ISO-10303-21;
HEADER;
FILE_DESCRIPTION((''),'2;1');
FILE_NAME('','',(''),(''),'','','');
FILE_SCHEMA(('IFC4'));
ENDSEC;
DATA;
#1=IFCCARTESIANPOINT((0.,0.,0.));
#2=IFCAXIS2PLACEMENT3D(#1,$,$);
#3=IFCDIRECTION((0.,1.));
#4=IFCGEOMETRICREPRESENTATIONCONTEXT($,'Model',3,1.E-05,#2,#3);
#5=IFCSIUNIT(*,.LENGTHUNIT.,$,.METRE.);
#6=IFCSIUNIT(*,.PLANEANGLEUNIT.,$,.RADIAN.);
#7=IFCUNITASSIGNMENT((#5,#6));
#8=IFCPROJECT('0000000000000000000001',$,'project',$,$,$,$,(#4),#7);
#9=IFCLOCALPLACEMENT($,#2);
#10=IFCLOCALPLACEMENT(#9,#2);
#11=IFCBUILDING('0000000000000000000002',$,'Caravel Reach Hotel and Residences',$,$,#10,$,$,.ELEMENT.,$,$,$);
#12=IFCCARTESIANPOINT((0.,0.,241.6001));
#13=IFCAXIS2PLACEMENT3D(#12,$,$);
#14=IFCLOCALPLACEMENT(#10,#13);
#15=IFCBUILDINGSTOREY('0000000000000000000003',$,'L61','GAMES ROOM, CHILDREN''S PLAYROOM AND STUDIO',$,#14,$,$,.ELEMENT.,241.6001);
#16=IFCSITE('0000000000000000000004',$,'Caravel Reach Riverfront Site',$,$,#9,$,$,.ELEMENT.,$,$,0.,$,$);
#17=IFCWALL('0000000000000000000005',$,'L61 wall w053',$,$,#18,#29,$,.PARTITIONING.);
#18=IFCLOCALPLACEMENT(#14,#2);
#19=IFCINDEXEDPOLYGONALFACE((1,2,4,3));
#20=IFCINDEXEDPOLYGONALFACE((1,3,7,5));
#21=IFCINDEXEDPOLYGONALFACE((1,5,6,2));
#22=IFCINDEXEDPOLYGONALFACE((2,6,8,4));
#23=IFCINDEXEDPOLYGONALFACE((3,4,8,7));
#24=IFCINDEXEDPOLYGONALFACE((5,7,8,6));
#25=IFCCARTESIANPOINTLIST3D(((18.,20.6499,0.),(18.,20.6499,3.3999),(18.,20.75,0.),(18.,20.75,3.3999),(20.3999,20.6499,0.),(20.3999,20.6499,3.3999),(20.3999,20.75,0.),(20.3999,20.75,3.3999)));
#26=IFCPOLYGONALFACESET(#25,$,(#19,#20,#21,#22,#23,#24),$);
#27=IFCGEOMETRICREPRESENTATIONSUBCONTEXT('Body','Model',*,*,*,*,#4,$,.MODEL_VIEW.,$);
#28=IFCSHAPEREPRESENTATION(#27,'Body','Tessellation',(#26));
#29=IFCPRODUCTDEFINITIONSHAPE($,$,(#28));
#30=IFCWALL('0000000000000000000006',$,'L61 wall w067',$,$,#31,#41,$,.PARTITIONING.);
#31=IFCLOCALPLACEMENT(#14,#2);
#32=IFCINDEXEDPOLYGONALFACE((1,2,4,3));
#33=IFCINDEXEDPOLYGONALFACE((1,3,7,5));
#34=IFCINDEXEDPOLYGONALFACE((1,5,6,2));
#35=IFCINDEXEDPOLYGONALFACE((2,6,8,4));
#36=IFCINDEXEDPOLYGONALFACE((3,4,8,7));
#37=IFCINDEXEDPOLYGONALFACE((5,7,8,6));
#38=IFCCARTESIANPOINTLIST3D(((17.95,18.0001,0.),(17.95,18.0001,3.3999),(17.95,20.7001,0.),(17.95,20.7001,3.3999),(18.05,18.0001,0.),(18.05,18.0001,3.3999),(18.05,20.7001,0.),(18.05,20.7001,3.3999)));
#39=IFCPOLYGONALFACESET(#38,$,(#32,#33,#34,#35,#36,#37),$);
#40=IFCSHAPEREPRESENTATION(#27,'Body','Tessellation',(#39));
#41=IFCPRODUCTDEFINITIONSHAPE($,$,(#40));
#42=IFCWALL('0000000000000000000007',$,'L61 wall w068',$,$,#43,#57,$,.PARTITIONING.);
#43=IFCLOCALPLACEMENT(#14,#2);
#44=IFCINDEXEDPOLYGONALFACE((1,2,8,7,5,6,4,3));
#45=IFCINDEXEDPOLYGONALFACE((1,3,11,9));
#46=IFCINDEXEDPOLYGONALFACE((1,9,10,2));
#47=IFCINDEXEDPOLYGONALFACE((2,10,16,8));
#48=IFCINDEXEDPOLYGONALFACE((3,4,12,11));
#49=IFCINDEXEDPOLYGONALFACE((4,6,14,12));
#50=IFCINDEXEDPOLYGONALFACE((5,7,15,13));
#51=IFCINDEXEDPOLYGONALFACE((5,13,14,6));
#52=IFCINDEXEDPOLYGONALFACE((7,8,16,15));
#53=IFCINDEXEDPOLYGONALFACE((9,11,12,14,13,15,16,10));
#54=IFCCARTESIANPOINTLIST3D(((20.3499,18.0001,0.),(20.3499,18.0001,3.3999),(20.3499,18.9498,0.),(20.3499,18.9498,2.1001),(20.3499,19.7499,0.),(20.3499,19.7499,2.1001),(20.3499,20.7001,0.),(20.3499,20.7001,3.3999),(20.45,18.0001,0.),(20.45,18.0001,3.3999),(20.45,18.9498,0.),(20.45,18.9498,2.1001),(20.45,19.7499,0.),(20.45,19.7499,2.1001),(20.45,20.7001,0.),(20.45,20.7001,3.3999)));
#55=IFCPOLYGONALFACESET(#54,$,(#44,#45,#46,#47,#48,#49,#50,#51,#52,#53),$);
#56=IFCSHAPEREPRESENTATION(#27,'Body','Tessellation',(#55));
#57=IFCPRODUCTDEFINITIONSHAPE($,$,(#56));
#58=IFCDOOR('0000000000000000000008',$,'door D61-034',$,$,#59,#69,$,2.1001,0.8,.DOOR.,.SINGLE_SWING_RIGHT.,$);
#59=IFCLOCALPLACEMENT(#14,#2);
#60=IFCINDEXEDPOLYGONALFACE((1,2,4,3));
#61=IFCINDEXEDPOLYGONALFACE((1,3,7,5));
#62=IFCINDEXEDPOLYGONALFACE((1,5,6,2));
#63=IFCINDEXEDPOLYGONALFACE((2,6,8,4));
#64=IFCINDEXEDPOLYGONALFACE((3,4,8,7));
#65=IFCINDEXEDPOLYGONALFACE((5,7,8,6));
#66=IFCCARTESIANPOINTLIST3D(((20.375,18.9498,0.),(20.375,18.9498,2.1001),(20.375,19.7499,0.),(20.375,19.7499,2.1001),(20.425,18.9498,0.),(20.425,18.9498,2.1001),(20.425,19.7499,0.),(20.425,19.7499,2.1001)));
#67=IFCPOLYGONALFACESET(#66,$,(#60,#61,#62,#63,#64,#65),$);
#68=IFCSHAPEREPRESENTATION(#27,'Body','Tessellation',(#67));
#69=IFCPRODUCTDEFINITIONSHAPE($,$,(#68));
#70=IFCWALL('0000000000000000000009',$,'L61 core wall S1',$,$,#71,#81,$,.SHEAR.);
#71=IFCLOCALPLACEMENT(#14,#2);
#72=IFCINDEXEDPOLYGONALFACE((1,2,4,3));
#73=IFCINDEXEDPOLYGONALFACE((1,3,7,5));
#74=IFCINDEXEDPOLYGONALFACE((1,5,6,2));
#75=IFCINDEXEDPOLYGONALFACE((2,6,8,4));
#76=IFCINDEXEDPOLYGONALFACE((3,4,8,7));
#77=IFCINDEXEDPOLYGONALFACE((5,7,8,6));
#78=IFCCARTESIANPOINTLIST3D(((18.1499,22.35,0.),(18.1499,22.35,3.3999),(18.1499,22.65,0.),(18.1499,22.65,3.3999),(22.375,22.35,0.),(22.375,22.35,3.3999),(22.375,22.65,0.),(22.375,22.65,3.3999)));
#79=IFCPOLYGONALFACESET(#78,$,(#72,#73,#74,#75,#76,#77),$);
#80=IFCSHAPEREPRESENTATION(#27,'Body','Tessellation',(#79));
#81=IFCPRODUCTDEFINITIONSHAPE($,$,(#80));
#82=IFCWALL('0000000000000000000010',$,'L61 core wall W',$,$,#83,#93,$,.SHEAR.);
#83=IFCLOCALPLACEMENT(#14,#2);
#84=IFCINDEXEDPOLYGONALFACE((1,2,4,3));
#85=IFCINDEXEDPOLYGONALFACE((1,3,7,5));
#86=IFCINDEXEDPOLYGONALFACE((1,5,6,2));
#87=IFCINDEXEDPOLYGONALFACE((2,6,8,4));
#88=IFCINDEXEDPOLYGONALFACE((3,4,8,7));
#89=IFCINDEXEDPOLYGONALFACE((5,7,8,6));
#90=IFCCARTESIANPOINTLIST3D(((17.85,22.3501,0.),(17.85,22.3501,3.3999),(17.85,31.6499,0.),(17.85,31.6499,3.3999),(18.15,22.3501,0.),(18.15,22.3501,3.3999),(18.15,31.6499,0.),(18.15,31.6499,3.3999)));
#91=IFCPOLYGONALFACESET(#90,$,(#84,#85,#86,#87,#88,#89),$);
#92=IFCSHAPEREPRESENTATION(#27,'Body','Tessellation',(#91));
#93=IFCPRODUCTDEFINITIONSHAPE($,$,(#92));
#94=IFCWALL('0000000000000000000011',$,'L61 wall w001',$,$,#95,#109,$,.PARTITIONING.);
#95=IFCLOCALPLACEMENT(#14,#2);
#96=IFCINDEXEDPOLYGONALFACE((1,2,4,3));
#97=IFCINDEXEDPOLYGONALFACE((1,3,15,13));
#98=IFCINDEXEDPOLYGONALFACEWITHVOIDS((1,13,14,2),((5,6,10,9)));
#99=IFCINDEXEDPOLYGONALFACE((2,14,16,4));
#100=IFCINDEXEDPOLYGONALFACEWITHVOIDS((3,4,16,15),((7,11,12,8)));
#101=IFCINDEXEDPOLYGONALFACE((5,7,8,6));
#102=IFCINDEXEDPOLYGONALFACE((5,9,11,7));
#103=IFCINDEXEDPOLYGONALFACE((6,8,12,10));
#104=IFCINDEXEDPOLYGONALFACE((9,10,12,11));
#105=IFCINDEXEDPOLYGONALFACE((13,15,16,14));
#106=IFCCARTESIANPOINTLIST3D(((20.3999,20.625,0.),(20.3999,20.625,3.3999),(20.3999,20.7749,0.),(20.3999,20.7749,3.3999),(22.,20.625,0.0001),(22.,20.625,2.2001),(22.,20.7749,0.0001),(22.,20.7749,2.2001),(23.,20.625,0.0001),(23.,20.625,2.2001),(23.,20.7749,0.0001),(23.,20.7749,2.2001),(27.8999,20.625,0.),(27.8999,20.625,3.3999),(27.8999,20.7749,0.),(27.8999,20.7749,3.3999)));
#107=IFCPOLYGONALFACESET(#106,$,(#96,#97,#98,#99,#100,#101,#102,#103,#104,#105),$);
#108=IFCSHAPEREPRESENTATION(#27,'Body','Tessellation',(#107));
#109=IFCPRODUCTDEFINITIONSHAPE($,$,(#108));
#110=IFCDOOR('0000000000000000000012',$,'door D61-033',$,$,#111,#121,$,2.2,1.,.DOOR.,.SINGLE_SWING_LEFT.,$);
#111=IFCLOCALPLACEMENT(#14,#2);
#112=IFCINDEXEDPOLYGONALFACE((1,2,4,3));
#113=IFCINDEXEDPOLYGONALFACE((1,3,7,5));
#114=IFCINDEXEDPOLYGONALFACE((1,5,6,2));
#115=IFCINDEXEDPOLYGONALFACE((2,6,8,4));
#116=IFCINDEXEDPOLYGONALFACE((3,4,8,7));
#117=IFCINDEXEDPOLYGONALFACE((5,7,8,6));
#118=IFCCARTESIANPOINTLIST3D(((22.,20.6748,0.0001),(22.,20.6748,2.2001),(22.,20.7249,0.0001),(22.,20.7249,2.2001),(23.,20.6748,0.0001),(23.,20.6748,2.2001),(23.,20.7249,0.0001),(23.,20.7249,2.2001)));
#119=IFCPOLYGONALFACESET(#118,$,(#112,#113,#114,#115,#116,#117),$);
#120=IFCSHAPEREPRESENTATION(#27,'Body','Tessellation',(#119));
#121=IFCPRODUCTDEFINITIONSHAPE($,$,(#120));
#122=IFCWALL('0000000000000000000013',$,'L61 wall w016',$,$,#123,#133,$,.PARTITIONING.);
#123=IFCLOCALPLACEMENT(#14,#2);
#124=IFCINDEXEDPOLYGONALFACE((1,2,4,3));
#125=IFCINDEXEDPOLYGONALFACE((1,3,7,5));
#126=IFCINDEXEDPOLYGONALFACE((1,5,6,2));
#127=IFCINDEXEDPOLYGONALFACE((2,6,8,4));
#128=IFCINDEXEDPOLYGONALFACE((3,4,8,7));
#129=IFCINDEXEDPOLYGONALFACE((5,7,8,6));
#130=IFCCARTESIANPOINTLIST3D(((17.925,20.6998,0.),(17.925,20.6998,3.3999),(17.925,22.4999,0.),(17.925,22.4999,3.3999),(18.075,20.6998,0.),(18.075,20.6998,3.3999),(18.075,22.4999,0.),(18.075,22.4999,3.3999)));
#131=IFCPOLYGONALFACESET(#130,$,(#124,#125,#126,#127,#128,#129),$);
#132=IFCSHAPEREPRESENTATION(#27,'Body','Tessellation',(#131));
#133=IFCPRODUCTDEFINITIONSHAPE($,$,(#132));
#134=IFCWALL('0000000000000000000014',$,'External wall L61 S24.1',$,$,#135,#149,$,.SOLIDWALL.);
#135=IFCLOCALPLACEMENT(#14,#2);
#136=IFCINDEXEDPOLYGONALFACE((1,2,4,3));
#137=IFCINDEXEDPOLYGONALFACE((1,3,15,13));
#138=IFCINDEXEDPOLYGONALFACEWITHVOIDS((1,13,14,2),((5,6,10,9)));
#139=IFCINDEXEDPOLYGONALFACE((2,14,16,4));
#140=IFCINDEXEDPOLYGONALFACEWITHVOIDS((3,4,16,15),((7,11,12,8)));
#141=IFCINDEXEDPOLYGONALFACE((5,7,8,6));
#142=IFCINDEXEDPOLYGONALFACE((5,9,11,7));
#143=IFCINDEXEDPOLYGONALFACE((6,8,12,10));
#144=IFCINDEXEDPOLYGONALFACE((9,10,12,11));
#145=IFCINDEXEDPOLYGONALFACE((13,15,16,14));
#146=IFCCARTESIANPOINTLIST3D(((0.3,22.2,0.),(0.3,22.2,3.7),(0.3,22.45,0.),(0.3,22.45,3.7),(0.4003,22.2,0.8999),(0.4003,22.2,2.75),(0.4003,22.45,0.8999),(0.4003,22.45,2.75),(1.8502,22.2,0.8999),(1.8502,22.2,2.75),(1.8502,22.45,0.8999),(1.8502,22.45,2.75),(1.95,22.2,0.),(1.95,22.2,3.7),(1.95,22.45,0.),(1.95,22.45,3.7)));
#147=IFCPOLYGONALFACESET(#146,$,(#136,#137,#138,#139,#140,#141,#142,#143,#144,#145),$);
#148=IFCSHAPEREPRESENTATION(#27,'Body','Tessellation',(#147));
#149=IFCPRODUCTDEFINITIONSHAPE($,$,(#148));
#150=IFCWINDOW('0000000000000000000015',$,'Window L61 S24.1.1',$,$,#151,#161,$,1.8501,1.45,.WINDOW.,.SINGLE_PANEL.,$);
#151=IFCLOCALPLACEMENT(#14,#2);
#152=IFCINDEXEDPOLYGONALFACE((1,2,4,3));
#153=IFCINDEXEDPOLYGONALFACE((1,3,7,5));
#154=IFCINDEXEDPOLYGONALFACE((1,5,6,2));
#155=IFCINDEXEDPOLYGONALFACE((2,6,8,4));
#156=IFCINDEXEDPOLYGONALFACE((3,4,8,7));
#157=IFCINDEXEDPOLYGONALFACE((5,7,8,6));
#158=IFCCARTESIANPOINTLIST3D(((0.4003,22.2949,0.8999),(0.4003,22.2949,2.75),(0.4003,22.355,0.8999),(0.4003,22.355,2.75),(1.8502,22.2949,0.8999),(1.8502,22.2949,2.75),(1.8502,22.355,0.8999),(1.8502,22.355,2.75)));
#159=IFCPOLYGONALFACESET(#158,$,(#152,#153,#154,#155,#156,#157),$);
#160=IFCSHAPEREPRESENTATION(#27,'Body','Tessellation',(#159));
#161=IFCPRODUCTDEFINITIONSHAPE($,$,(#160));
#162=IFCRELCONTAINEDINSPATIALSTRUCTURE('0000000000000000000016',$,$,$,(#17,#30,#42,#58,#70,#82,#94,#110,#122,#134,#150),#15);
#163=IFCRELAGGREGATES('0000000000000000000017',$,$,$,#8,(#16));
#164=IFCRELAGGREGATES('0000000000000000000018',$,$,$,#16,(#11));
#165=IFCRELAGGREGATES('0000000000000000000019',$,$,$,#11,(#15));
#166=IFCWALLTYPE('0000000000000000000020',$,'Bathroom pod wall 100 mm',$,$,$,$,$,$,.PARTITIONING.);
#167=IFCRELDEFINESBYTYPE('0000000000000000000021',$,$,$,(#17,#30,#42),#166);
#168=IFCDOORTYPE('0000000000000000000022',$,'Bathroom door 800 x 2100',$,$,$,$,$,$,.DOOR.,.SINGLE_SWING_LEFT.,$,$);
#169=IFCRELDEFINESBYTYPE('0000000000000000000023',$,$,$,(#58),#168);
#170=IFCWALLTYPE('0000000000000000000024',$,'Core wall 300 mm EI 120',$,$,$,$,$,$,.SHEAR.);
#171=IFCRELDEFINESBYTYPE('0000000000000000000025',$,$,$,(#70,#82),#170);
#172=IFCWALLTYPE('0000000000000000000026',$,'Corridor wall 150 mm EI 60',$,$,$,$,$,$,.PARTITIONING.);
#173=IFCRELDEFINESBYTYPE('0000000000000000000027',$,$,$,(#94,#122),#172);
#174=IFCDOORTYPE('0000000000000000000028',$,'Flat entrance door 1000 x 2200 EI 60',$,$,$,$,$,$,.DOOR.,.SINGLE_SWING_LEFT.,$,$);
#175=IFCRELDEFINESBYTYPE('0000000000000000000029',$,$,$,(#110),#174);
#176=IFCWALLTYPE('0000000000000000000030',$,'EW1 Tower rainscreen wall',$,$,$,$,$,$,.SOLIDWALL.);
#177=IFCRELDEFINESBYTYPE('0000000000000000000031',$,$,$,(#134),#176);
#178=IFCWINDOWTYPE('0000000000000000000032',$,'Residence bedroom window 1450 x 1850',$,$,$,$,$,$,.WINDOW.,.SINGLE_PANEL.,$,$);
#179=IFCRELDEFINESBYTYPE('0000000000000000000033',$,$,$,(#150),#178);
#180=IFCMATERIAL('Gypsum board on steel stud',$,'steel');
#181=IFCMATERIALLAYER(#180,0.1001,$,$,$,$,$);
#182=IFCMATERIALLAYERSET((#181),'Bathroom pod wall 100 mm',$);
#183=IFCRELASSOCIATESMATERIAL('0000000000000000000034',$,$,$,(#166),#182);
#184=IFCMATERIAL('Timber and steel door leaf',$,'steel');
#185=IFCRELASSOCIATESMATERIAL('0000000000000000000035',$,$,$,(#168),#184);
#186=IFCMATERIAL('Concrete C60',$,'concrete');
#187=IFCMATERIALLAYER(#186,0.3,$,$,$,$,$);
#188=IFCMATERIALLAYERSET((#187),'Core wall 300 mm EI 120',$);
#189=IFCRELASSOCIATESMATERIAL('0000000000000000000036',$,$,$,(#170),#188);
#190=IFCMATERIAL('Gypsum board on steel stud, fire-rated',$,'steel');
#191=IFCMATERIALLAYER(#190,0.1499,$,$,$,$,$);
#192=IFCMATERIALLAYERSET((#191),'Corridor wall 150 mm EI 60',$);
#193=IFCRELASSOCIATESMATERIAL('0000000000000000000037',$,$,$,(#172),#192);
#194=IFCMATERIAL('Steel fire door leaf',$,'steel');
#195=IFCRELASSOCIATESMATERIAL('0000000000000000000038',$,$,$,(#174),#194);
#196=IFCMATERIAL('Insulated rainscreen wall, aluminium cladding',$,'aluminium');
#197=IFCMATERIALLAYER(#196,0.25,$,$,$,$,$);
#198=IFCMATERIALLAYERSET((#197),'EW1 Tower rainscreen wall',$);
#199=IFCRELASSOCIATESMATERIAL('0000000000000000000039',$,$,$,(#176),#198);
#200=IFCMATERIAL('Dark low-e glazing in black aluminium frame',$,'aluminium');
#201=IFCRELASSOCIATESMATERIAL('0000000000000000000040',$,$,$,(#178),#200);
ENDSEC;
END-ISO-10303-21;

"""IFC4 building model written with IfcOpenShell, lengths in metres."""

from ifc_helpers import new_model, si_unit, direction, frame, frame_2d, origin, place, context, subcontext, project, spatial, rectangle, extrude, material, layer, layer_set, type_object, element, fill, save


model = new_model("IFC4")

# Units and contexts
model_context = context("Model", 3, precision=1e-05, world=origin(), true_north=direction((0.0, 1.0)))
body_context = subcontext(model_context, "Body", "Model", "MODEL_VIEW")
ifc_project = project(units=[si_unit("LENGTHUNIT", "METRE"), si_unit("PLANEANGLEUNIT", "RADIAN")], contexts=[model_context])

# Site, building, storey
site_placement = place(None, origin())
site = spatial("IfcSite", under=ifc_project, at=site_placement, Name="Caravel Reach Riverfront Site", CompositionType="ELEMENT", RefElevation=0.0)
building_placement = place(site_placement, origin())
building = spatial("IfcBuilding", under=site, at=building_placement, Name="Caravel Reach Hotel and Residences", CompositionType="ELEMENT")
storey_placement = place(building_placement, frame((0.0, 0.0, 241.6001)))
storey = spatial("IfcBuildingStorey", under=building, at=storey_placement, Name="L61", Description="GAMES ROOM, CHILDREN'S PLAYROOM AND STUDIO", CompositionType="ELEMENT", Elevation=241.6001)

# Walls
ifc_material_1 = material(Name="Gypsum board on steel stud", Category="steel")
ifc_layer_1 = layer(ifc_material_1, 0.1001)
ifc_layer_set_1 = layer_set([ifc_layer_1], Name="Bathroom pod wall 100 mm")
wall_type_1 = type_object("IfcWallType", Name="Bathroom pod wall 100 mm", PredefinedType="PARTITIONING", material=ifc_layer_set_1)
for number, where, z_axis, x_axis, name in (
    (1, (18.0, 20.7, 0.0), (0.0, 0.0, 1.0), (1.0, 0.0, 0.0), "L61 wall w053"),
):
    element("IfcWall", number, at=place(storey_placement, frame(where, z_axis=z_axis, x_axis=x_axis)), inside=storey, type_object=wall_type_1, Name=name, PredefinedType="PARTITIONING", context=body_context, shape_type="SweptSolid", body=[
        extrude(rectangle(XDim=2.3999, YDim=0.1001, at=frame_2d((1.2, 0.0))), origin(), (0.0, 0.0, 1.0), 3.3999),
    ])
wall_1_placement = place(storey_placement, frame((18.0, 18.0, 0.0), z_axis=(0.0, 0.0, 1.0), x_axis=(0.0, 1.0, 0.0)))
element("IfcWall", 2, at=wall_1_placement, inside=storey, type_object=wall_type_1, Name="L61 wall w067", PredefinedType="PARTITIONING", context=body_context, shape_type="SweptSolid", body=[
    extrude(rectangle(XDim=2.7, YDim=0.1001, at=frame_2d((1.3501, 0.0))), origin(), (0.0, 0.0, 1.0), 3.3999),
])

# Wall, opening, door
wall_2_placement = place(storey_placement, frame((20.3999, 18.0, 0.0), z_axis=(0.0, 0.0, 1.0), x_axis=(0.0, 1.0, 0.0)))
wall_2 = element("IfcWall", 3, at=wall_2_placement, inside=storey, type_object=wall_type_1, Name="L61 wall w068", PredefinedType="PARTITIONING", context=body_context, shape_type="SweptSolid", body=[
    extrude(rectangle(XDim=2.7, YDim=0.1001, at=frame_2d((1.3501, 0.0))), origin(), (0.0, 0.0, 1.0), 3.3999),
])
opening_1_placement = place(wall_2_placement, frame((0.95, 0.0, 0.0)))
opening_1 = element("IfcOpeningElement", 4, at=opening_1_placement, cuts=wall_2, PredefinedType="OPENING", context=body_context, shape_type="SweptSolid", body=[
    extrude(rectangle(XDim=0.8, YDim=2.1001, at=frame_2d((0.3999, 1.05))), frame((0.0, 0.0601, 0.0), z_axis=(0.0, -1.0, 0.0), x_axis=(1.0, 0.0, 0.0)), (0.0, 0.0, 1.0), 0.1201),
])
ifc_material_2 = material(Name="Timber and steel door leaf", Category="steel")
door_type_1 = type_object("IfcDoorType", Name="Bathroom door 800 x 2100", OperationType="SINGLE_SWING_LEFT", PredefinedType="DOOR", material=ifc_material_2)
door_1_placement = place(opening_1_placement, origin())
door_1 = element("IfcDoor", 5, at=door_1_placement, inside=storey, type_object=door_type_1, Name="door D61-034", OperationType="SINGLE_SWING_RIGHT", OverallHeight=2.1001, OverallWidth=0.8, PredefinedType="DOOR", context=body_context, shape_type="SweptSolid", body=[
    extrude(rectangle(XDim=0.8, YDim=2.1001, at=frame_2d((0.3999, 1.05))), frame((0.0, 0.0249, 0.0), z_axis=(0.0, -1.0, 0.0), x_axis=(1.0, 0.0, 0.0)), (0.0, 0.0, 1.0), 0.05),
])
fill(opening_1, door_1)

# Walls
ifc_material_3 = material(Name="Concrete C60", Category="concrete")
ifc_layer_2 = layer(ifc_material_3, 0.3)
ifc_layer_set_2 = layer_set([ifc_layer_2], Name="Core wall 300 mm EI 120")
wall_type_2 = type_object("IfcWallType", Name="Core wall 300 mm EI 120", PredefinedType="SHEAR", material=ifc_layer_set_2)
wall_3_placement = place(storey_placement, frame((18.1499, 22.5, 0.0), z_axis=(0.0, 0.0, 1.0), x_axis=(1.0, 0.0, 0.0)))
element("IfcWall", 6, at=wall_3_placement, inside=storey, type_object=wall_type_2, Name="L61 core wall S1", PredefinedType="SHEAR", context=body_context, shape_type="SweptSolid", body=[
    extrude(rectangle(XDim=4.2251, YDim=0.3, at=frame_2d((2.1125, 0.0))), origin(), (0.0, 0.0, 1.0), 3.3999),
])
wall_4_placement = place(storey_placement, frame((18.0, 22.3501, 0.0), z_axis=(0.0, 0.0, 1.0), x_axis=(0.0, 1.0, 0.0)))
element("IfcWall", 7, at=wall_4_placement, inside=storey, type_object=wall_type_2, Name="L61 core wall W", PredefinedType="SHEAR", context=body_context, shape_type="SweptSolid", body=[
    extrude(rectangle(XDim=9.2998, YDim=0.3, at=frame_2d((4.6499, 0.0))), origin(), (0.0, 0.0, 1.0), 3.3999),
])

# Wall, opening, door
ifc_material_4 = material(Name="Gypsum board on steel stud, fire-rated", Category="steel")
ifc_layer_3 = layer(ifc_material_4, 0.1499)
ifc_layer_set_3 = layer_set([ifc_layer_3], Name="Corridor wall 150 mm EI 60")
wall_type_3 = type_object("IfcWallType", Name="Corridor wall 150 mm EI 60", PredefinedType="PARTITIONING", material=ifc_layer_set_3)
wall_5_placement = place(storey_placement, frame((20.3999, 20.7, 0.0), z_axis=(0.0, 0.0, 1.0), x_axis=(1.0, 0.0, 0.0)))
wall_5 = element("IfcWall", 8, at=wall_5_placement, inside=storey, type_object=wall_type_3, Name="L61 wall w001", PredefinedType="PARTITIONING", context=body_context, shape_type="SweptSolid", body=[
    extrude(rectangle(XDim=7.5, YDim=0.1499, at=frame_2d((3.75, 0.0))), origin(), (0.0, 0.0, 1.0), 3.3999),
])
opening_2_placement = place(wall_5_placement, frame((1.6001, 0.0, 0.0)))
opening_2 = element("IfcOpeningElement", 9, at=opening_2_placement, cuts=wall_5, PredefinedType="OPENING", context=body_context, shape_type="SweptSolid", body=[
    extrude(rectangle(XDim=1.0, YDim=2.2, at=frame_2d((0.5, 1.1001))), frame((0.0, 0.085, 0.0), z_axis=(0.0, -1.0, 0.0), x_axis=(1.0, 0.0, 0.0)), (0.0, 0.0, 1.0), 0.1699),
])
ifc_material_5 = material(Name="Steel fire door leaf", Category="steel")
door_type_2 = type_object("IfcDoorType", Name="Flat entrance door 1000 x 2200 EI 60", OperationType="SINGLE_SWING_LEFT", PredefinedType="DOOR", material=ifc_material_5)
door_2_placement = place(opening_2_placement, origin())
door_2 = element("IfcDoor", 10, at=door_2_placement, inside=storey, type_object=door_type_2, Name="door D61-033", OperationType="SINGLE_SWING_LEFT", OverallHeight=2.2, OverallWidth=1.0, PredefinedType="DOOR", context=body_context, shape_type="SweptSolid", body=[
    extrude(rectangle(XDim=1.0, YDim=2.2, at=frame_2d((0.5, 1.1001))), frame((0.0, 0.0249, 0.0), z_axis=(0.0, -1.0, 0.0), x_axis=(1.0, 0.0, 0.0)), (0.0, 0.0, 1.0), 0.05),
])
fill(opening_2, door_2)

# Wall
wall_6_placement = place(storey_placement, frame((18.0, 20.7, 0.0), z_axis=(0.0, 0.0, 1.0), x_axis=(0.0, 1.0, 0.0)))
element("IfcWall", 11, at=wall_6_placement, inside=storey, type_object=wall_type_3, Name="L61 wall w016", PredefinedType="PARTITIONING", context=body_context, shape_type="SweptSolid", body=[
    extrude(rectangle(XDim=1.8, YDim=0.1499, at=frame_2d((0.8999, 0.0))), origin(), (0.0, 0.0, 1.0), 3.3999),
])

# Wall, opening, window
ifc_material_6 = material(Name="Insulated rainscreen wall, aluminium cladding", Category="aluminium")
ifc_layer_4 = layer(ifc_material_6, 0.25)
ifc_layer_set_4 = layer_set([ifc_layer_4], Name="EW1 Tower rainscreen wall")
wall_type_4 = type_object("IfcWallType", Name="EW1 Tower rainscreen wall", PredefinedType="SOLIDWALL", material=ifc_layer_set_4)
wall_7_placement = place(storey_placement, frame((0.3, 22.325, 0.0), z_axis=(0.0, 0.0, 1.0), x_axis=(1.0, 0.0, 0.0)))
wall_7 = element("IfcWall", 12, at=wall_7_placement, inside=storey, type_object=wall_type_4, Name="External wall L61 S24.1", PredefinedType="SOLIDWALL", context=body_context, shape_type="SweptSolid", body=[
    extrude(rectangle(XDim=1.6499, YDim=0.25, at=frame_2d((0.825, 0.0))), origin(), (0.0, 0.0, 1.0), 3.7),
])
opening_3_placement = place(wall_7_placement, frame((0.1001, 0.0, 0.8999)))
opening_3 = element("IfcOpeningElement", 13, at=opening_3_placement, cuts=wall_7, PredefinedType="OPENING", context=body_context, shape_type="SweptSolid", body=[
    extrude(rectangle(XDim=1.45, YDim=1.8501, at=frame_2d((0.7251, 0.925))), frame((0.0, 0.135, 0.0), z_axis=(0.0, -1.0, 0.0), x_axis=(1.0, 0.0, 0.0)), (0.0, 0.0, 1.0), 0.27),
])
ifc_material_7 = material(Name="Dark low-e glazing in black aluminium frame", Category="aluminium")
window_type = type_object("IfcWindowType", Name="Residence bedroom window 1450 x 1850", PartitioningType="SINGLE_PANEL", PredefinedType="WINDOW", material=ifc_material_7)
window_1_placement = place(opening_3_placement, origin())
window_1 = element("IfcWindow", 14, at=window_1_placement, inside=storey, type_object=window_type, Name="Window L61 S24.1.1", OverallHeight=1.8501, OverallWidth=1.45, PartitioningType="SINGLE_PANEL", PredefinedType="WINDOW", context=body_context, shape_type="SweptSolid", body=[
    extrude(rectangle(XDim=1.45, YDim=1.8501, at=frame_2d((0.7251, 0.925))), frame((0.0, 0.03, 0.0), z_axis=(0.0, -1.0, 0.0), x_axis=(1.0, 0.0, 0.0)), (0.0, 0.0, 1.0), 0.0601),
])
fill(opening_3, window_1)

save(model, "model.ifc")
